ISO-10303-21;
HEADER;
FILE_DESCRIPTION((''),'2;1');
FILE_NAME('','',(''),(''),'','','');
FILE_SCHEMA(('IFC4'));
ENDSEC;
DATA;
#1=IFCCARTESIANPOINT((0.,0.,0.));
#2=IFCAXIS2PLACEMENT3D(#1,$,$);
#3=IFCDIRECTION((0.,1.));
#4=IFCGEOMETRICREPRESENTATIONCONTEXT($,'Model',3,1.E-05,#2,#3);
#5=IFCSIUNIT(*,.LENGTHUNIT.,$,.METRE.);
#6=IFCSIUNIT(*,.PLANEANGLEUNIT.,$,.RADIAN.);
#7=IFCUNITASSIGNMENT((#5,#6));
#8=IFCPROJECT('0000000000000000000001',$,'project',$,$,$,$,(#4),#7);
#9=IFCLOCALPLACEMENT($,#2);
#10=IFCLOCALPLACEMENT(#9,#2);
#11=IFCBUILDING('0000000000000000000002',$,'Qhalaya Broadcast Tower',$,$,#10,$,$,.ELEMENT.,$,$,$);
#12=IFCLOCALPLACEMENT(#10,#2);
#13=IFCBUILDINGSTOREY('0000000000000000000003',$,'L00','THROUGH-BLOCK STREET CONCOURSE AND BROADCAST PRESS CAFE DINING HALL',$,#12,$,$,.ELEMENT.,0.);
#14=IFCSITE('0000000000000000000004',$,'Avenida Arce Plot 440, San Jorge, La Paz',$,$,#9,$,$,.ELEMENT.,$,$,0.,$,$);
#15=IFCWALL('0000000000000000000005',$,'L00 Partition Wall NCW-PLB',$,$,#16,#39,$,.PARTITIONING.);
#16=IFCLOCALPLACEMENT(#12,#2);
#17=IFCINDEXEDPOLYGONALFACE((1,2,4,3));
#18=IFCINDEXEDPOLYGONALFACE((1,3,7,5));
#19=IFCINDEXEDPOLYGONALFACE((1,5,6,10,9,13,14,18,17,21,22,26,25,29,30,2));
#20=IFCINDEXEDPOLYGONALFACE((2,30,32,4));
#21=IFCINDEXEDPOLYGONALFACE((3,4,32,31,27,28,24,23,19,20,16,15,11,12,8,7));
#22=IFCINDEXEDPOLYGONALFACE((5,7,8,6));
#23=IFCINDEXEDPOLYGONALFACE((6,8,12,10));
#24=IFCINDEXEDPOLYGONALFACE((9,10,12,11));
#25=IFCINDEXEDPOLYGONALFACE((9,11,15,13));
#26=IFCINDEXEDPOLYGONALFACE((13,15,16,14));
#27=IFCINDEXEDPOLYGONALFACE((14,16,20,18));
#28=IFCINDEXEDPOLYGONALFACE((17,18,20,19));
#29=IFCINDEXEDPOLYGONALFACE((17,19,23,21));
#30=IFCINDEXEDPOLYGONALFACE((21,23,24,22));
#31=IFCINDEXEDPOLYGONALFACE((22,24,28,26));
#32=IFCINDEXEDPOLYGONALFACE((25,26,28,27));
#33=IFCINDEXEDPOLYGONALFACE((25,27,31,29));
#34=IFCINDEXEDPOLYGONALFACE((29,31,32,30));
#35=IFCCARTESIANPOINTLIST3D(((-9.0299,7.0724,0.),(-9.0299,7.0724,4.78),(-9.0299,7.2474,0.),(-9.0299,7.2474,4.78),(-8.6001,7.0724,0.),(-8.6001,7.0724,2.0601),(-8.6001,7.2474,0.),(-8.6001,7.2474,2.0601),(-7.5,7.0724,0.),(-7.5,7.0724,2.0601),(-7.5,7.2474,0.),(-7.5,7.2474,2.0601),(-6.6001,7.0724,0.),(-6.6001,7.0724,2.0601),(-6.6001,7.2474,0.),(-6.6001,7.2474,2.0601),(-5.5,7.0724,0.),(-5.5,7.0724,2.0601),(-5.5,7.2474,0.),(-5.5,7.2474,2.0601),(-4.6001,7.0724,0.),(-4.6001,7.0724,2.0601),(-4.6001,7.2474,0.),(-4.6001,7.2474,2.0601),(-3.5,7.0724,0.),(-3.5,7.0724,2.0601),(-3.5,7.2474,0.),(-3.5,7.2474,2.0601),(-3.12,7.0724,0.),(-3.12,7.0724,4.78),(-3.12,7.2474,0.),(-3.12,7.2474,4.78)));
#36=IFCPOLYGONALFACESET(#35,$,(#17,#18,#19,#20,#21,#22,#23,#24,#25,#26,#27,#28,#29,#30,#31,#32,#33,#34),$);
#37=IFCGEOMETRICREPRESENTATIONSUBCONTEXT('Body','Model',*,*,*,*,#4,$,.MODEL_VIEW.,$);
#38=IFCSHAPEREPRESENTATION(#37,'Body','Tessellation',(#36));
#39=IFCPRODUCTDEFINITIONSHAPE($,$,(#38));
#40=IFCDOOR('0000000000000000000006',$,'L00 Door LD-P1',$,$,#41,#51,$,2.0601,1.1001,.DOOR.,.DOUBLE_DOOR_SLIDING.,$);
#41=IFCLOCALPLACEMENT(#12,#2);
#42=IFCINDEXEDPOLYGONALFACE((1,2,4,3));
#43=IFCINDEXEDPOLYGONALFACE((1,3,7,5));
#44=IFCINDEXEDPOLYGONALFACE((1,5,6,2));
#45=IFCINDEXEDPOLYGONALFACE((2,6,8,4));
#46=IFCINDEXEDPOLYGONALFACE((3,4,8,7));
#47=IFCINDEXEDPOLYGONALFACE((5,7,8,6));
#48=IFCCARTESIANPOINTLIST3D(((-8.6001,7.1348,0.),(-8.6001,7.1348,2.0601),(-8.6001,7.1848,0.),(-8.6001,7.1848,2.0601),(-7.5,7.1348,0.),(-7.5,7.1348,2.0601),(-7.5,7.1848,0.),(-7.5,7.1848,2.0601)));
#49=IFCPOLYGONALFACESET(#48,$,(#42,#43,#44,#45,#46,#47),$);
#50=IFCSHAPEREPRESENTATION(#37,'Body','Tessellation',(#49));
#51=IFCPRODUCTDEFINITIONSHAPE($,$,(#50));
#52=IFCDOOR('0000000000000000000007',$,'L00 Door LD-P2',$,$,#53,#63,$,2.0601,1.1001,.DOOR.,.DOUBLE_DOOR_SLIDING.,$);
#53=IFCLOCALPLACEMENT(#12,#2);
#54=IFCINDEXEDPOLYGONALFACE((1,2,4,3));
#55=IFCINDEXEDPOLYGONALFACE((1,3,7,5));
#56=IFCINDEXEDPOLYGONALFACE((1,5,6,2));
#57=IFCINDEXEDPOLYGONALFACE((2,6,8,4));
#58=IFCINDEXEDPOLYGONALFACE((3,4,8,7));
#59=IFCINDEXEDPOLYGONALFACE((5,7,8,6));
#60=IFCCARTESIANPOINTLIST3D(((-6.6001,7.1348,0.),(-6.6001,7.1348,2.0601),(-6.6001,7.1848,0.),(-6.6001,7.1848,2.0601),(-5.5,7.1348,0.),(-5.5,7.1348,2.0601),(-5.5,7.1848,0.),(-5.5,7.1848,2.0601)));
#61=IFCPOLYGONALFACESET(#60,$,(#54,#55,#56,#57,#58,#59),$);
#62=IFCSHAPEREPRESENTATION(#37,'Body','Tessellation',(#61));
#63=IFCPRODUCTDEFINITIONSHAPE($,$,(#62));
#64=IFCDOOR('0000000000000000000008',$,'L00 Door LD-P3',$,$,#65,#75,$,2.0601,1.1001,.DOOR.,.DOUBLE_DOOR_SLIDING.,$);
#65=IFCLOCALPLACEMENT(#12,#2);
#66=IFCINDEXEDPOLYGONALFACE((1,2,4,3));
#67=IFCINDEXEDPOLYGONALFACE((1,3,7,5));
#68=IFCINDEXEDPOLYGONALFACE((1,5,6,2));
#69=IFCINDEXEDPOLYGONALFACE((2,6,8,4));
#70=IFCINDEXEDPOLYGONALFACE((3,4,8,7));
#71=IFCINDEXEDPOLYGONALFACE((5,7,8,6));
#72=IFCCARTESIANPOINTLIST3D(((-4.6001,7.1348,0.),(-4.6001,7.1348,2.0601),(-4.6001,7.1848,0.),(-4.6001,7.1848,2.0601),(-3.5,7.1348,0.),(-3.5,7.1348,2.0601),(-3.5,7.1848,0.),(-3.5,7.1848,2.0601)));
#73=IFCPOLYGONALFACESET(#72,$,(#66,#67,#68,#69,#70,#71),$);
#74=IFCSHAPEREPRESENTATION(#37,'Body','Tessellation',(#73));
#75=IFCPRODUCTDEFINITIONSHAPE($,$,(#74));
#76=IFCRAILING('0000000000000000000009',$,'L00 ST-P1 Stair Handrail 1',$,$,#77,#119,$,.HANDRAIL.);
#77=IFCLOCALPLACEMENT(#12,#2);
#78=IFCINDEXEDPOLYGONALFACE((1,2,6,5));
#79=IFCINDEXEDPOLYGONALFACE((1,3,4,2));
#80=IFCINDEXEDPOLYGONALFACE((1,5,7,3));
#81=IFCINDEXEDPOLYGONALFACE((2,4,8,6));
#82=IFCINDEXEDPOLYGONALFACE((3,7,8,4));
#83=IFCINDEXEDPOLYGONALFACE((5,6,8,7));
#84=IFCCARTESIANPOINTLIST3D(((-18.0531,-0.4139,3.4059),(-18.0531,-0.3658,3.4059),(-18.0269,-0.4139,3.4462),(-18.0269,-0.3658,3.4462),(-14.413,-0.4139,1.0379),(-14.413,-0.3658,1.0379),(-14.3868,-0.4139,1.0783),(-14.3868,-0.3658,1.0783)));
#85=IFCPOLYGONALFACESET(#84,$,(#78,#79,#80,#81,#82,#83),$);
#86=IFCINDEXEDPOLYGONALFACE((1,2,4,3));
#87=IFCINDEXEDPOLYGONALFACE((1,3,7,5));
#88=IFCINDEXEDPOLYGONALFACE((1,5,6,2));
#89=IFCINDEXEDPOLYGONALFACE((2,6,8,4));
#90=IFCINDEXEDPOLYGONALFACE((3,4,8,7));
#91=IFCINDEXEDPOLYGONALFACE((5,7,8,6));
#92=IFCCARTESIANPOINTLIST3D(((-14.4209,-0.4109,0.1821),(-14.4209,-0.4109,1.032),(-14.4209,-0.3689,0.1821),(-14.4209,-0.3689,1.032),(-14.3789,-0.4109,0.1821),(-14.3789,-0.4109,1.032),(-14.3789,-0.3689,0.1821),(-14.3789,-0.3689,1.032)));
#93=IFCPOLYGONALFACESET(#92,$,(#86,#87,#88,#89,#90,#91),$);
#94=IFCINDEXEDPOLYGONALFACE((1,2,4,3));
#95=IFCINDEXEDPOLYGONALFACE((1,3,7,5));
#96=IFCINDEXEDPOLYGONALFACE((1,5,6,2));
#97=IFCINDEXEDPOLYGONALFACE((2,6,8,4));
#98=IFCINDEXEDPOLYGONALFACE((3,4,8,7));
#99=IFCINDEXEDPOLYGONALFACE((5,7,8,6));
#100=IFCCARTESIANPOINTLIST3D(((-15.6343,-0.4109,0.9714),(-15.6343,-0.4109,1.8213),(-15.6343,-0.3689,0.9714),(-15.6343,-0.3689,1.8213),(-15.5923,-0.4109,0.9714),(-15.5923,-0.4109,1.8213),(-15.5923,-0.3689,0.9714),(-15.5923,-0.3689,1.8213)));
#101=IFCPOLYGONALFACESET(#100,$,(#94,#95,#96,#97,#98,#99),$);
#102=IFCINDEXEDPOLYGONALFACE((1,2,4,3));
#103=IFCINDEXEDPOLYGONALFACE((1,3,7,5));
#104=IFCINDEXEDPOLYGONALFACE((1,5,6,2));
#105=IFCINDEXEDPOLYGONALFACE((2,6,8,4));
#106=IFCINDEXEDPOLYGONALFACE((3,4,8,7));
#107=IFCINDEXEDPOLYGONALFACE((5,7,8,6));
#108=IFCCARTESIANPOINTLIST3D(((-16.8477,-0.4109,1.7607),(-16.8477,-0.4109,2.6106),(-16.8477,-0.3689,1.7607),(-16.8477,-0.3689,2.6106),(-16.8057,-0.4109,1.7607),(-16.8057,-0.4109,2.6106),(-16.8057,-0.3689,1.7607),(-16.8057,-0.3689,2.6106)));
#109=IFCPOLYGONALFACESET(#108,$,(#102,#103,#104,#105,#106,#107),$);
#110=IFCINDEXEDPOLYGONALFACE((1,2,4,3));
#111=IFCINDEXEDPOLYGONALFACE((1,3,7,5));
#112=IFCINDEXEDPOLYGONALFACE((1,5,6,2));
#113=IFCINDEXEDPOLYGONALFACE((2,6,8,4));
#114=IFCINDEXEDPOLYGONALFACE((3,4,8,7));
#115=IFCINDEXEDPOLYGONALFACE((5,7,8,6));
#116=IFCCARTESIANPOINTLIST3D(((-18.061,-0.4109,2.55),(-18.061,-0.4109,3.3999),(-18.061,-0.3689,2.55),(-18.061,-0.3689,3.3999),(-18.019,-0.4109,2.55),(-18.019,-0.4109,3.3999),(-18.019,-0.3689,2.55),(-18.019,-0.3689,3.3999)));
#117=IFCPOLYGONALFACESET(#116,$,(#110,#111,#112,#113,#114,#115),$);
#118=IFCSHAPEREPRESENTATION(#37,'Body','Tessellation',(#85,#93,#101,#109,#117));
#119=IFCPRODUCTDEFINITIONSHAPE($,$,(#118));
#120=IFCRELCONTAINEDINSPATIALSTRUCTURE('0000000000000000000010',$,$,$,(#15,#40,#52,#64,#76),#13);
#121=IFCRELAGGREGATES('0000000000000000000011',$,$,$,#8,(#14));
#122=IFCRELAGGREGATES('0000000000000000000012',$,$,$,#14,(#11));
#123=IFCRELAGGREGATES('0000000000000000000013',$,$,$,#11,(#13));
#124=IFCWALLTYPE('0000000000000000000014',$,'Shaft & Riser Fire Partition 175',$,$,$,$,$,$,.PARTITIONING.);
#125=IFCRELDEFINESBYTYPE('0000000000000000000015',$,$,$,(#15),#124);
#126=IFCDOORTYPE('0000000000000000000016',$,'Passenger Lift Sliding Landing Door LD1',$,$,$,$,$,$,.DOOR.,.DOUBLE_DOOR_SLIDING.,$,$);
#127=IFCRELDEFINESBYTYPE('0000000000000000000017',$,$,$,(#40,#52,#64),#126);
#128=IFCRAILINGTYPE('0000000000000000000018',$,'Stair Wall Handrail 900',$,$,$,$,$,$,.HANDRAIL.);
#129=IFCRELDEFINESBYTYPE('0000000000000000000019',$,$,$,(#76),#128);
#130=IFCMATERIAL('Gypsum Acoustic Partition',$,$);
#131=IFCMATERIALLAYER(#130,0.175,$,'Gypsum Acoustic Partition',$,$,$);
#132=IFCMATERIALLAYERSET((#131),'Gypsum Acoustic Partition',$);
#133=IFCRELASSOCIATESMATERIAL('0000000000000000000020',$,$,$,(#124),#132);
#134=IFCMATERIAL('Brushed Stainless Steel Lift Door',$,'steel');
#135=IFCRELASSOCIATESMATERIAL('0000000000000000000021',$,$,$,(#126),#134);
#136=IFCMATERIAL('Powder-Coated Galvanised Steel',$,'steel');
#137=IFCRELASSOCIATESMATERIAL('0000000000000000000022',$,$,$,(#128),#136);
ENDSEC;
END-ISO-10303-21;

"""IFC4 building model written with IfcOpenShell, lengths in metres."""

from ifc_helpers import new_model, si_unit, direction, frame, frame_2d, origin, origin_2d, place, context, subcontext, project, spatial, rectangle, extrude, material, layer, layer_set, type_object, element, fill, save


model = new_model("IFC4")

# Units and contexts
model_context = context("Model", 3, precision=1e-05, world=origin(), true_north=direction((0.0, 1.0)))
body_context = subcontext(model_context, "Body", "Model", "MODEL_VIEW")
ifc_project = project(units=[si_unit("LENGTHUNIT", "METRE"), si_unit("PLANEANGLEUNIT", "RADIAN")], contexts=[model_context])

# Site, building, storey
site_placement = place(None, origin())
site = spatial("IfcSite", under=ifc_project, at=site_placement, Name="Avenida Arce Plot 440, San Jorge, La Paz", CompositionType="ELEMENT", RefElevation=0.0)
building_placement = place(site_placement, origin())
building = spatial("IfcBuilding", under=site, at=building_placement, Name="Qhalaya Broadcast Tower", CompositionType="ELEMENT")
storey_placement = place(building_placement, origin())
storey = spatial("IfcBuildingStorey", under=building, at=storey_placement, Name="L00", Description="THROUGH-BLOCK STREET CONCOURSE AND BROADCAST PRESS CAFE DINING HALL", CompositionType="ELEMENT", Elevation=0.0)

# Shared definitions
ifc_material_1 = material(Name="Gypsum Acoustic Partition")

# Shared definitions
ifc_layer_1 = layer(ifc_material_1, 0.175, Name="Gypsum Acoustic Partition")
ifc_layer_set_1 = layer_set([ifc_layer_1], Name="Gypsum Acoustic Partition")
wall_type_1 = type_object("IfcWallType", Name="Shaft & Riser Fire Partition 175", PredefinedType="PARTITIONING", material=ifc_layer_set_1)

# Wall, openings, doors
wall_1_placement = place(storey_placement, frame((-9.03, 7.1599, 0.0), z_axis=(0.0, 0.0, 1.0), x_axis=(1.0, 0.0, 0.0)))
wall_1 = element("IfcWall", 1, at=wall_1_placement, inside=storey, type_object=wall_type_1, Name="L00 Partition Wall NCW-PLB", PredefinedType="PARTITIONING", context=body_context, shape_type="SweptSolid", body=[
    extrude(rectangle(XDim=5.9099, YDim=0.175, at=frame_2d((2.9551, 0.0))), origin(), (0.0, 0.0, 1.0), 4.78),
])
opening_1_placement = place(wall_1_placement, frame((0.4299, 0.0, 0.0)))
opening_1 = element("IfcOpeningElement", 2, at=opening_1_placement, cuts=wall_1, PredefinedType="OPENING", context=body_context, shape_type="SweptSolid", body=[
    extrude(rectangle(XDim=1.1001, YDim=2.0601, at=frame_2d((0.55, 1.03))), frame((0.0, 0.0996, 0.0), z_axis=(0.0, -1.0, 0.0), x_axis=(1.0, 0.0, 0.0)), (0.0, 0.0, 1.0), 0.199),
])
opening_2_placement = place(wall_1_placement, frame((2.4299, 0.0, 0.0)))
opening_2 = element("IfcOpeningElement", 3, at=opening_2_placement, cuts=wall_1, PredefinedType="OPENING", context=body_context, shape_type="SweptSolid", body=[
    extrude(rectangle(XDim=1.1001, YDim=2.0601, at=frame_2d((0.55, 1.03))), frame((0.0, 0.0996, 0.0), z_axis=(0.0, -1.0, 0.0), x_axis=(1.0, 0.0, 0.0)), (0.0, 0.0, 1.0), 0.199),
])
opening_3_placement = place(wall_1_placement, frame((4.4299, 0.0, 0.0)))
opening_3 = element("IfcOpeningElement", 4, at=opening_3_placement, cuts=wall_1, PredefinedType="OPENING", context=body_context, shape_type="SweptSolid", body=[
    extrude(rectangle(XDim=1.1001, YDim=2.0601, at=frame_2d((0.55, 1.03))), frame((0.0, 0.0996, 0.0), z_axis=(0.0, -1.0, 0.0), x_axis=(1.0, 0.0, 0.0)), (0.0, 0.0, 1.0), 0.199),
])
ifc_material_2 = material(Name="Brushed Stainless Steel Lift Door", Category="steel")
door_type_1 = type_object("IfcDoorType", Name="Passenger Lift Sliding Landing Door LD1", OperationType="DOUBLE_DOOR_SLIDING", PredefinedType="DOOR", material=ifc_material_2)
door_1_placement = place(opening_1_placement, origin())
door_1 = element("IfcDoor", 5, at=door_1_placement, inside=storey, type_object=door_type_1, Name="L00 Door LD-P1", OperationType="DOUBLE_DOOR_SLIDING", OverallHeight=2.0601, OverallWidth=1.1001, PredefinedType="DOOR", context=body_context, shape_type="SweptSolid", body=[
    extrude(rectangle(XDim=1.1001, YDim=2.0601, at=frame_2d((0.55, 1.03))), frame((0.0, 0.0249, 0.0), z_axis=(0.0, -1.0, 0.0), x_axis=(1.0, 0.0, 0.0)), (0.0, 0.0, 1.0), 0.05),
])
fill(opening_1, door_1)
door_2_placement = place(opening_2_placement, origin())
door_2 = element("IfcDoor", 6, at=door_2_placement, inside=storey, type_object=door_type_1, Name="L00 Door LD-P2", OperationType="DOUBLE_DOOR_SLIDING", OverallHeight=2.0601, OverallWidth=1.1001, PredefinedType="DOOR", context=body_context, shape_type="SweptSolid", body=[
    extrude(rectangle(XDim=1.1001, YDim=2.0601, at=frame_2d((0.55, 1.03))), frame((0.0, 0.0249, 0.0), z_axis=(0.0, -1.0, 0.0), x_axis=(1.0, 0.0, 0.0)), (0.0, 0.0, 1.0), 0.05),
])
fill(opening_2, door_2)
door_3_placement = place(opening_3_placement, origin())
door_3 = element("IfcDoor", 7, at=door_3_placement, inside=storey, type_object=door_type_1, Name="L00 Door LD-P3", OperationType="DOUBLE_DOOR_SLIDING", OverallHeight=2.0601, OverallWidth=1.1001, PredefinedType="DOOR", context=body_context, shape_type="SweptSolid", body=[
    extrude(rectangle(XDim=1.1001, YDim=2.0601, at=frame_2d((0.55, 1.03))), frame((0.0, 0.0249, 0.0), z_axis=(0.0, -1.0, 0.0), x_axis=(1.0, 0.0, 0.0)), (0.0, 0.0, 1.0), 0.05),
])
fill(opening_3, door_3)

# Railing
ifc_material_3 = material(Name="Powder-Coated Galvanised Steel", Category="steel")
railing_type_1 = type_object("IfcRailingType", Name="Stair Wall Handrail 900", PredefinedType="HANDRAIL", material=ifc_material_3)
railing_1_placement = place(storey_placement, frame((-14.3999, -0.3899, 0.1821)))
element("IfcRailing", 8, at=railing_1_placement, inside=storey, type_object=railing_type_1, Name="L00 ST-P1 Stair Handrail 1", PredefinedType="HANDRAIL", context=body_context, shape_type="SweptSolid", body=[
    extrude(rectangle(XDim=0.0481, YDim=0.0481, at=origin_2d()), frame((0.0, 0.0, 0.876), z_axis=(-0.838251, 0.0, 0.545285), x_axis=(0.0, -1.0, 0.0)), (0.0, 0.0, 1.0), 4.3425),
    extrude(rectangle(XDim=0.042, YDim=0.042, at=origin_2d()), origin(), (0.0, 0.0, 1.0), 0.8499),
    extrude(rectangle(XDim=0.042, YDim=0.042, at=origin_2d()), frame((-1.2134, 0.0, 0.7893)), (0.0, 0.0, 1.0), 0.8499),
    extrude(rectangle(XDim=0.042, YDim=0.042, at=origin_2d()), frame((-2.4268, 0.0, 1.5786)), (0.0, 0.0, 1.0), 0.8499),
    extrude(rectangle(XDim=0.042, YDim=0.042, at=origin_2d()), frame((-3.6401, 0.0, 2.3679)), (0.0, 0.0, 1.0), 0.8499),
])

save(model, "model.ifc")
